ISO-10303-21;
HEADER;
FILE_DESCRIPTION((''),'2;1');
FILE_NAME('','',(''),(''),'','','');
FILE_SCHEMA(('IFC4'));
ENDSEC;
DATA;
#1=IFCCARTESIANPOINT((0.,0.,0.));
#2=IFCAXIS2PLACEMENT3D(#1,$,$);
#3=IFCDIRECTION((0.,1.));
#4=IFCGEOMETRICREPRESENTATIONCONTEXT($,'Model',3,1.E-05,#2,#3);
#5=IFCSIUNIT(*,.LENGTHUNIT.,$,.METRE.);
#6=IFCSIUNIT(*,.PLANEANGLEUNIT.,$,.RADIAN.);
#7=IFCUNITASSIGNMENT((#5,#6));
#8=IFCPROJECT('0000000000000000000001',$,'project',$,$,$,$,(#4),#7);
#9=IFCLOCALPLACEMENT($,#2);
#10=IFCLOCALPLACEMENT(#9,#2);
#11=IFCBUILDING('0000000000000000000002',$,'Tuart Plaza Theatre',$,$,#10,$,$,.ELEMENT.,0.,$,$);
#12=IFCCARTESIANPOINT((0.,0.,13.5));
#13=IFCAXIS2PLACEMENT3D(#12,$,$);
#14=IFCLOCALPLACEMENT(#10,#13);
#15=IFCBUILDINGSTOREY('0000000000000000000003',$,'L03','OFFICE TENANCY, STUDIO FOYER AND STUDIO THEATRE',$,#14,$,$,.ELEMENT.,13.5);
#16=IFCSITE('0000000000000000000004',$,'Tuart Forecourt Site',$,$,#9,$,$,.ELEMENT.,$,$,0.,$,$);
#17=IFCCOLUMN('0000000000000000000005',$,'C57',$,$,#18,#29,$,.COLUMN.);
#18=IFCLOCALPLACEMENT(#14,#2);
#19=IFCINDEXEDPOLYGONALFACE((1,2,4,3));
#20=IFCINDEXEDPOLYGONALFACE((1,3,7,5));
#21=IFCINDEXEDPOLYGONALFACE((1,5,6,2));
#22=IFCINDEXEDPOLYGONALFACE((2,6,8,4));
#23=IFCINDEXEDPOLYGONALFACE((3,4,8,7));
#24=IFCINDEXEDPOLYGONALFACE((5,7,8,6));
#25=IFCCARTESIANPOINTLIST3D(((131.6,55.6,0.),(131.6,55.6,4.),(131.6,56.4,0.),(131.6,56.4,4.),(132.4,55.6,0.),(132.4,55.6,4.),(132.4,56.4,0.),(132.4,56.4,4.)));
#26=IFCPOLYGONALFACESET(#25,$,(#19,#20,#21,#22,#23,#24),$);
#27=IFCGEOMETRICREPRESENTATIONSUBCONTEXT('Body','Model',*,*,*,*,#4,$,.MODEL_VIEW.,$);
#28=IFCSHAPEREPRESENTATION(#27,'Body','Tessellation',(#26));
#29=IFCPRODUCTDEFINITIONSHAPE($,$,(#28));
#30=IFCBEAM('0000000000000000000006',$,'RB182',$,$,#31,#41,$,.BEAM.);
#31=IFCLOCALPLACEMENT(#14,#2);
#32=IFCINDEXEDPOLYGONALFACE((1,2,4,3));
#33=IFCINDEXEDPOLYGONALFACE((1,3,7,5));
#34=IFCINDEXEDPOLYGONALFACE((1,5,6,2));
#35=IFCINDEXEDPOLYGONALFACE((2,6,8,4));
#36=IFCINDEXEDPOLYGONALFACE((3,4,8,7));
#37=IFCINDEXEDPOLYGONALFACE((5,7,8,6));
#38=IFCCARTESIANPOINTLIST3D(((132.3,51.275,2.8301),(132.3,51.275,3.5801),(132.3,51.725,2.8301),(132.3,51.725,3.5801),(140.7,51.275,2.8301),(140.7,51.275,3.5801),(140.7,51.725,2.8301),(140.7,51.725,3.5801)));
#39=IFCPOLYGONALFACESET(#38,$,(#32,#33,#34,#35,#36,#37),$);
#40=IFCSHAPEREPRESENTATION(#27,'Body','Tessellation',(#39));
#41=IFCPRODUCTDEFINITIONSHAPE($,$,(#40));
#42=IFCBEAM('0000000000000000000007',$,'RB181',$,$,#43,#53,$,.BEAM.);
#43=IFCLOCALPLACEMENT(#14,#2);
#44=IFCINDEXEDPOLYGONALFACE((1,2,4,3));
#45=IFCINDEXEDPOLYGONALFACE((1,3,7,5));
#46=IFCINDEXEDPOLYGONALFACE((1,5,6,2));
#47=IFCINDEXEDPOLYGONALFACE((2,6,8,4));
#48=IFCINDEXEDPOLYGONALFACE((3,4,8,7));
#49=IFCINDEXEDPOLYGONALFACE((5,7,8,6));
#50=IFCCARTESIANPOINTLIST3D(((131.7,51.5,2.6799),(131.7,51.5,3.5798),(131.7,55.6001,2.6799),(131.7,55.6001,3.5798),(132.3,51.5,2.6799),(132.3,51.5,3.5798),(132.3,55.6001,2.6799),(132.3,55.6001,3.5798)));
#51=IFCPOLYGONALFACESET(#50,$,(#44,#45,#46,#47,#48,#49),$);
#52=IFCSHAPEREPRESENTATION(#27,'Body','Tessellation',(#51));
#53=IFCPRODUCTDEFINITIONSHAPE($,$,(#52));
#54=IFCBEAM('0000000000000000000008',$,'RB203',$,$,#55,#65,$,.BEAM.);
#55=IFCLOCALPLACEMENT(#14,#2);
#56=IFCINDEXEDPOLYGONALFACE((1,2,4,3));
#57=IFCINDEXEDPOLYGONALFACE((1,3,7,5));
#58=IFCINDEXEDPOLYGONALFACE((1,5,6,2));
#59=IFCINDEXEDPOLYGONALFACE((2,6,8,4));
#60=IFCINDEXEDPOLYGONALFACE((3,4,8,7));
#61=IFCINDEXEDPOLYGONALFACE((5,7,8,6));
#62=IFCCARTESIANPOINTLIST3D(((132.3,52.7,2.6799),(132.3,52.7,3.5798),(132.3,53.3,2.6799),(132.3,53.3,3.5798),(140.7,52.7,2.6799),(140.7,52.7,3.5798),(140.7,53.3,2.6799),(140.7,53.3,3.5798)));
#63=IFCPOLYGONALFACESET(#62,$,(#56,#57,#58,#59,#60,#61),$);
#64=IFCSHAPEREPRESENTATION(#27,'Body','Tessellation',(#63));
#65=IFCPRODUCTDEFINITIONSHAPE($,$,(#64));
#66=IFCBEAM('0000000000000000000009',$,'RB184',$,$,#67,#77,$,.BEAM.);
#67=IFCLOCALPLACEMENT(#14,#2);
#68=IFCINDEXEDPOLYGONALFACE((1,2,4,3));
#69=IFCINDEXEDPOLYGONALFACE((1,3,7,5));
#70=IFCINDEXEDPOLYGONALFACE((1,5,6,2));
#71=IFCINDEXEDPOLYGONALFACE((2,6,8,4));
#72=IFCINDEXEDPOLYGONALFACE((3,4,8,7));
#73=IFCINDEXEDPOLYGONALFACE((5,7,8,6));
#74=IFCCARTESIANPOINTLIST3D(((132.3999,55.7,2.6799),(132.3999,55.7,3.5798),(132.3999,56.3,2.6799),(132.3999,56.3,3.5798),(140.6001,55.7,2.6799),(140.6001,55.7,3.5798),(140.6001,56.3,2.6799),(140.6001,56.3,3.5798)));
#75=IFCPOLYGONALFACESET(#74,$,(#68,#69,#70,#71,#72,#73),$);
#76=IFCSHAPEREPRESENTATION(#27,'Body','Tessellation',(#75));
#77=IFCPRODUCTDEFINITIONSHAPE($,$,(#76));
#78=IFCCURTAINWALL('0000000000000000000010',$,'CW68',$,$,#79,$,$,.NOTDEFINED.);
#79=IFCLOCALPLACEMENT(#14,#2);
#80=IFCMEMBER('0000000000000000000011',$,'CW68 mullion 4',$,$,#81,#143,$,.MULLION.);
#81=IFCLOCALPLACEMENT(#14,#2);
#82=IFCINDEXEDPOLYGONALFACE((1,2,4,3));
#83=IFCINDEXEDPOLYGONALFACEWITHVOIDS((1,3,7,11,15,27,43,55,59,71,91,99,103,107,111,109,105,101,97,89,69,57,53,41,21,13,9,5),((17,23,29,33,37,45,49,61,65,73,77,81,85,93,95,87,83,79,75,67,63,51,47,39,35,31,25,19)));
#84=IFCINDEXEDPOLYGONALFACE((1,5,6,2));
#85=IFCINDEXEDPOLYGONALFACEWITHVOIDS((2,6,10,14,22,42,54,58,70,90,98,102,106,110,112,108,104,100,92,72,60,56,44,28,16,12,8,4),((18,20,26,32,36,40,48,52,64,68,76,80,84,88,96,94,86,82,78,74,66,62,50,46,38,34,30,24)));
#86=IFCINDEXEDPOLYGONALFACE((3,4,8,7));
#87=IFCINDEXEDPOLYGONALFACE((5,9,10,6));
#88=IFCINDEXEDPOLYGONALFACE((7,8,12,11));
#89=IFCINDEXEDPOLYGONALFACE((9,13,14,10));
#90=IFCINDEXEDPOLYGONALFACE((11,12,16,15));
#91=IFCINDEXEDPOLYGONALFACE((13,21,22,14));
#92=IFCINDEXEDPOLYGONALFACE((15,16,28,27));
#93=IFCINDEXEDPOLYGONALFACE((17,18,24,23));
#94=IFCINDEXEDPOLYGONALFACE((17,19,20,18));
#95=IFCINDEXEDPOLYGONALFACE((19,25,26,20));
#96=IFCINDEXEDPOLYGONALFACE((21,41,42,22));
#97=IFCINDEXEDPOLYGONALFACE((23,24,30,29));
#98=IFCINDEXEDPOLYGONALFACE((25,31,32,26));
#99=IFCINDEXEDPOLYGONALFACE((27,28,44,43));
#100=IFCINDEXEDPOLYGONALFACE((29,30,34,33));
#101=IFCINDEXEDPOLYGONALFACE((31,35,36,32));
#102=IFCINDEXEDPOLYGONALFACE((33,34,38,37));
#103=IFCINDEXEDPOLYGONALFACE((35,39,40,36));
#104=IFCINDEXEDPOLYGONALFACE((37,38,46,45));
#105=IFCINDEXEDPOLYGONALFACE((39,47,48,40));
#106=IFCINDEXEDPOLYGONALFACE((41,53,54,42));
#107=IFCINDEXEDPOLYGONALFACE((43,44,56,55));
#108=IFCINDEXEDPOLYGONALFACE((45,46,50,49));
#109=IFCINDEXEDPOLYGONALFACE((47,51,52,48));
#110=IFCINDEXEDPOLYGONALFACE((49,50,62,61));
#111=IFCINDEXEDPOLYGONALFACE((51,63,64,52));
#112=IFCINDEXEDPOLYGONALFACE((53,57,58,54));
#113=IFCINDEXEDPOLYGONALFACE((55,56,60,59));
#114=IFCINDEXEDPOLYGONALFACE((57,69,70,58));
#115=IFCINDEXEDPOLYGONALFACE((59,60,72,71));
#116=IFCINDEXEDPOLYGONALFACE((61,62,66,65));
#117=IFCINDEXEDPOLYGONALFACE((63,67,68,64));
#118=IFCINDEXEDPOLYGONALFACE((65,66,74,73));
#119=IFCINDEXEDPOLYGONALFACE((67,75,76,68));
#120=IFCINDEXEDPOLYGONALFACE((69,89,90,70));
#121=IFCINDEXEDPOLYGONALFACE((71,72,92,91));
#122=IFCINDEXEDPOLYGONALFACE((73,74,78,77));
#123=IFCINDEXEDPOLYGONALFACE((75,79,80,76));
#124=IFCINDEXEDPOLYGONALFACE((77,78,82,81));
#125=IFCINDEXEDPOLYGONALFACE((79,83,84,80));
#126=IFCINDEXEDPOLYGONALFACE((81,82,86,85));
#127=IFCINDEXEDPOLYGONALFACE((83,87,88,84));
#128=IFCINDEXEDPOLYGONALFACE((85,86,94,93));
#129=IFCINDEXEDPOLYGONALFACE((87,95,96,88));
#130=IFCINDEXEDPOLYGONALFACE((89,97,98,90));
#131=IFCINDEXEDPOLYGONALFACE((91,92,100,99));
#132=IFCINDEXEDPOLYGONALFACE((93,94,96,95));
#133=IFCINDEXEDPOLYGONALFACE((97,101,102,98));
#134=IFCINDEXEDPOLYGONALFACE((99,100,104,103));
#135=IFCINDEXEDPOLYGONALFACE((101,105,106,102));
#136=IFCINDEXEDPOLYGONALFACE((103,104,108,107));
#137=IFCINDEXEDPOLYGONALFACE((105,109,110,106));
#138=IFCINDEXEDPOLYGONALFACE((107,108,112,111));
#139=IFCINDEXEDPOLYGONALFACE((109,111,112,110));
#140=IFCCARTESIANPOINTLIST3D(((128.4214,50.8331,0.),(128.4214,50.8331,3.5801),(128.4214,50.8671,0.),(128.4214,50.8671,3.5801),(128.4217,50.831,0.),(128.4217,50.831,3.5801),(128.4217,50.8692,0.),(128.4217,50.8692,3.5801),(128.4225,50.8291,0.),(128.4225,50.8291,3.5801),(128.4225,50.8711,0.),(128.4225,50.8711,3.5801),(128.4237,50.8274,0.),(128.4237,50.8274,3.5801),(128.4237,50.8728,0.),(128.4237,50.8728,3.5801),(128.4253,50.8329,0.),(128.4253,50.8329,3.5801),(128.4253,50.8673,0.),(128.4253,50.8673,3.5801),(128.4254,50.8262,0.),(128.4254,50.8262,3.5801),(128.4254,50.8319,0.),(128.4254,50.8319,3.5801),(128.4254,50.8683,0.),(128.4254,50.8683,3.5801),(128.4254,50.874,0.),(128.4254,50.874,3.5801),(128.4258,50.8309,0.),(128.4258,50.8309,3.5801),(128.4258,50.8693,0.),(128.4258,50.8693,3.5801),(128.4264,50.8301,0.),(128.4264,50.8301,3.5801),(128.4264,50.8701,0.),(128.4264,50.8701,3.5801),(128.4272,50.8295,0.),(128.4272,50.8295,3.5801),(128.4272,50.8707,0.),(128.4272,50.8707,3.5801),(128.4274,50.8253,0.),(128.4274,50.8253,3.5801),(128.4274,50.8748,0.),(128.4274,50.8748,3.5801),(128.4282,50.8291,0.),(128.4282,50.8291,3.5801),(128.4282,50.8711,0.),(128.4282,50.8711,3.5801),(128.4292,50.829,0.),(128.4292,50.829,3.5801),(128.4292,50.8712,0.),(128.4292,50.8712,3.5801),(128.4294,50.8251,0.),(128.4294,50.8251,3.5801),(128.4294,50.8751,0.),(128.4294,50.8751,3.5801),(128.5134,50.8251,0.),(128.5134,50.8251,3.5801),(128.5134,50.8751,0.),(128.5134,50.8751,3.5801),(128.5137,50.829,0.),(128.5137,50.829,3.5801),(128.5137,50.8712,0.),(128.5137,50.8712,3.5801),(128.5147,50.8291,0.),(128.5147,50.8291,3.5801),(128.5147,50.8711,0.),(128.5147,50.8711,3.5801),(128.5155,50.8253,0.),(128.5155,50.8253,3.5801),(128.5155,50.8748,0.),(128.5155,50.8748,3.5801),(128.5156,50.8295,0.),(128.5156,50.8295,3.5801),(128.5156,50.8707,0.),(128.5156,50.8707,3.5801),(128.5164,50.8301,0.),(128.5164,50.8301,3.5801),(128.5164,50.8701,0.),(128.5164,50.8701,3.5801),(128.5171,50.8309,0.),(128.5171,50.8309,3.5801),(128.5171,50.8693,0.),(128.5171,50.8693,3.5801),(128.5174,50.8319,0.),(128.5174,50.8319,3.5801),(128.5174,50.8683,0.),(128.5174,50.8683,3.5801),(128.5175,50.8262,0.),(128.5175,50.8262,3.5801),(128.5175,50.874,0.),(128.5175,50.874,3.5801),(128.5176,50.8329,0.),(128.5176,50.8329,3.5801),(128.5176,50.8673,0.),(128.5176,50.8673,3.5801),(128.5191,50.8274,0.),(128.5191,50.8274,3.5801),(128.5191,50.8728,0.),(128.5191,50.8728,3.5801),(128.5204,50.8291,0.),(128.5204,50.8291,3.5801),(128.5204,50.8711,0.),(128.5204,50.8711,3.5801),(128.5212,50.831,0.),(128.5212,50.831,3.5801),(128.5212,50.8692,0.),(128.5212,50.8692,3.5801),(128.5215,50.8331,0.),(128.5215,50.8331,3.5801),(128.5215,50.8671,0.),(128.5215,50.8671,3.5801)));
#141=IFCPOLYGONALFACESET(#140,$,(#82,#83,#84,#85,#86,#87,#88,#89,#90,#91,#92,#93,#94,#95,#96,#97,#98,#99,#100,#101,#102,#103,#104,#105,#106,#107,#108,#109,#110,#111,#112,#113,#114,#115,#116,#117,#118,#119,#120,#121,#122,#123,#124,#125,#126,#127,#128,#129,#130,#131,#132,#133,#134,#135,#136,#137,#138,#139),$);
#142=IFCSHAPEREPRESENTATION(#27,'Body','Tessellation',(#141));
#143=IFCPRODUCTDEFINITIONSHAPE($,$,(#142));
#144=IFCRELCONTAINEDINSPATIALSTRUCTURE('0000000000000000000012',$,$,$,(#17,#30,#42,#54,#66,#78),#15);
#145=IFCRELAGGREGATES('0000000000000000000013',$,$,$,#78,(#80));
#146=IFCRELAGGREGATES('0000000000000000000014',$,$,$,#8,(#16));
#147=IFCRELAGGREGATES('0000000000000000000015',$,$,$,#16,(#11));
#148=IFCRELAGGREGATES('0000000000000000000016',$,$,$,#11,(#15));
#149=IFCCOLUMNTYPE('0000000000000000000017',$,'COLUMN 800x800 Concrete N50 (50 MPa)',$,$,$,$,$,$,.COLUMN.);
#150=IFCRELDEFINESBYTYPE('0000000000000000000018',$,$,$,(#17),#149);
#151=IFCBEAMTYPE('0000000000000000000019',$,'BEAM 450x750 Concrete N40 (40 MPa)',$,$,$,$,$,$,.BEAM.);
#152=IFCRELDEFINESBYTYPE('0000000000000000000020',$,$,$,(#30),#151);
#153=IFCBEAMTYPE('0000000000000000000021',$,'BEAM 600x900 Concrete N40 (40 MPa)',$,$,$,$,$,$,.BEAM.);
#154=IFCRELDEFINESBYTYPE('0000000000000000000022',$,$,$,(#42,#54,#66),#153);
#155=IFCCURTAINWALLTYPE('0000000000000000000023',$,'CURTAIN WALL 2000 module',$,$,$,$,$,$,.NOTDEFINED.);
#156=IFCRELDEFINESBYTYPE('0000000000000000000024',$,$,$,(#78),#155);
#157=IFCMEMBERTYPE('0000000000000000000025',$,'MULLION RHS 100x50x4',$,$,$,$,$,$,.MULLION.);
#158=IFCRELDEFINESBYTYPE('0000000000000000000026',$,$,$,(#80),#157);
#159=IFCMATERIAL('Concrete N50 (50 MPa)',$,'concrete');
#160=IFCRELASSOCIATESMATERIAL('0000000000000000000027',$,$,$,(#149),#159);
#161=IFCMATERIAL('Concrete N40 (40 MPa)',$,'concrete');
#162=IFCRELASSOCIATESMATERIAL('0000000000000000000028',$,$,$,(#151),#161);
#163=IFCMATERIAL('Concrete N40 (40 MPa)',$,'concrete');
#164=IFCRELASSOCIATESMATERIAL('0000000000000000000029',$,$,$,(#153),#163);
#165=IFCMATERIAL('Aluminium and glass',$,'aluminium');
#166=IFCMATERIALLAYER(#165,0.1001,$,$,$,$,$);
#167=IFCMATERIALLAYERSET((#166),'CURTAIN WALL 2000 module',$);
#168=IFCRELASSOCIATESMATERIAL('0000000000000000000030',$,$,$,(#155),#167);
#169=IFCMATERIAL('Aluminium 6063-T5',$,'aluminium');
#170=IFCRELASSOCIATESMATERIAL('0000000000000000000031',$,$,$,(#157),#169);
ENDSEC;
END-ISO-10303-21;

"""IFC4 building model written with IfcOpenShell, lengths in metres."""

from ifc_helpers import new_model, si_unit, direction, frame, origin, origin_2d, place, context, subcontext, project, spatial, rectangle, hollow_rectangle, extrude, material, layer, layer_set, material_profile, profile_set, type_object, element, aggregate, save


model = new_model("IFC4")

# Units and contexts
model_context = context("Model", 3, precision=1e-05, world=origin(), true_north=direction((0.0, 1.0)))
body_context = subcontext(model_context, "Body", "Model", "MODEL_VIEW")
ifc_project = project(units=[si_unit("LENGTHUNIT", "METRE"), si_unit("PLANEANGLEUNIT", "RADIAN")], contexts=[model_context])

# Site, building, storey
site_placement = place(None, origin())
site = spatial("IfcSite", under=ifc_project, at=site_placement, Name="Tuart Forecourt Site", CompositionType="ELEMENT", RefElevation=0.0)
building_placement = place(site_placement, origin())
building = spatial("IfcBuilding", under=site, at=building_placement, Name="Tuart Plaza Theatre", CompositionType="ELEMENT", ElevationOfRefHeight=0.0)
storey_placement = place(building_placement, frame((0.0, 0.0, 13.5)))
storey = spatial("IfcBuildingStorey", under=building, at=storey_placement, Name="L03", Description="OFFICE TENANCY, STUDIO FOYER AND STUDIO THEATRE", CompositionType="ELEMENT", Elevation=13.5)

# Column
ifc_material_1 = material(Name="Concrete N50 (50 MPa)", Category="concrete")
ifc_material_profile_1 = material_profile(ifc_material_1, rectangle(XDim=0.8, YDim=0.8, at=origin_2d()), Name="COLUMN 800x800 Concrete N50 (50 MPa)")
ifc_profile_set_1 = profile_set([ifc_material_profile_1], Name="Concrete N50 (50 MPa)")
column_type = type_object("IfcColumnType", Name="COLUMN 800x800 Concrete N50 (50 MPa)", PredefinedType="COLUMN", material=ifc_profile_set_1)
column_placement = place(storey_placement, frame((132.0, 56.0, 0.0), z_axis=(0.0, 0.0, 1.0), x_axis=(1.0, 0.0, 0.0)))
element("IfcColumn", 1, at=column_placement, inside=storey, type_object=column_type, Name="C57", PredefinedType="COLUMN", context=body_context, shape_type="SweptSolid", body=[
    extrude(rectangle(XDim=0.8, YDim=0.8, at=origin_2d()), origin(), (0.0, 0.0, 1.0), 4.0),
])

# Beams
ifc_material_2 = material(Name="Concrete N40 (40 MPa)", Category="concrete")
ifc_material_profile_2 = material_profile(ifc_material_2, rectangle(XDim=0.45, YDim=0.75, at=origin_2d()), Name="BEAM 450x750 Concrete N40 (40 MPa)")
ifc_profile_set_2 = profile_set([ifc_material_profile_2], Name="Concrete N40 (40 MPa)")
beam_type_1 = type_object("IfcBeamType", Name="BEAM 450x750 Concrete N40 (40 MPa)", PredefinedType="BEAM", material=ifc_profile_set_2)
beam_1_placement = place(storey_placement, frame((132.3, 51.5, 3.2051), z_axis=(1.0, 0.0, 0.0), x_axis=(0.0, 1.0, 0.0)))
element("IfcBeam", 2, at=beam_1_placement, inside=storey, type_object=beam_type_1, Name="RB182", PredefinedType="BEAM", context=body_context, shape_type="SweptSolid", body=[
    extrude(rectangle(XDim=0.45, YDim=0.75, at=origin_2d()), origin(), (0.0, 0.0, 1.0), 8.3999),
])
ifc_material_3 = material(Name="Concrete N40 (40 MPa)", Category="concrete")
ifc_material_profile_3 = material_profile(ifc_material_3, rectangle(XDim=0.6001, YDim=0.8999, at=origin_2d()), Name="BEAM 600x900 Concrete N40 (40 MPa)")
ifc_profile_set_3 = profile_set([ifc_material_profile_3], Name="Concrete N40 (40 MPa)")
beam_type_2 = type_object("IfcBeamType", Name="BEAM 600x900 Concrete N40 (40 MPa)", PredefinedType="BEAM", material=ifc_profile_set_3)
beam_2_placement = place(storey_placement, frame((132.0, 51.5, 3.1299), z_axis=(0.0, 1.0, 0.0), x_axis=(-1.0, 0.0, 0.0)))
element("IfcBeam", 3, at=beam_2_placement, inside=storey, type_object=beam_type_2, Name="RB181", PredefinedType="BEAM", context=body_context, shape_type="SweptSolid", body=[
    extrude(rectangle(XDim=0.6001, YDim=0.8999, at=origin_2d()), origin(), (0.0, 0.0, 1.0), 4.1001),
])
beam_3_placement = place(storey_placement, frame((132.3, 53.0, 3.1299), z_axis=(1.0, 0.0, 0.0), x_axis=(0.0, 1.0, 0.0)))
element("IfcBeam", 4, at=beam_3_placement, inside=storey, type_object=beam_type_2, Name="RB203", PredefinedType="BEAM", context=body_context, shape_type="SweptSolid", body=[
    extrude(rectangle(XDim=0.6001, YDim=0.8999, at=origin_2d()), origin(), (0.0, 0.0, 1.0), 8.3999),
])
beam_4_placement = place(storey_placement, frame((132.3999, 56.0, 3.1299), z_axis=(1.0, 0.0, 0.0), x_axis=(0.0, 1.0, 0.0)))
element("IfcBeam", 5, at=beam_4_placement, inside=storey, type_object=beam_type_2, Name="RB184", PredefinedType="BEAM", context=body_context, shape_type="SweptSolid", body=[
    extrude(rectangle(XDim=0.6001, YDim=0.8999, at=origin_2d()), origin(), (0.0, 0.0, 1.0), 8.2002),
])

# Curtain wall, member
ifc_material_4 = material(Name="Aluminium and glass", Category="aluminium")
ifc_layer_1 = layer(ifc_material_4, 0.1001)
ifc_layer_set_1 = layer_set([ifc_layer_1], Name="CURTAIN WALL 2000 module")
curtain_wall_type = type_object("IfcCurtainWallType", Name="CURTAIN WALL 2000 module", PredefinedType="NOTDEFINED", material=ifc_layer_set_1)
curtain_wall_placement = place(storey_placement, origin())
curtain_wall = element("IfcCurtainWall", 6, at=curtain_wall_placement, inside=storey, type_object=curtain_wall_type, Name="CW68", PredefinedType="NOTDEFINED")
ifc_material_5 = material(Name="Aluminium 6063-T5", Category="aluminium")
ifc_material_profile_4 = material_profile(ifc_material_5, hollow_rectangle(XDim=0.05, YDim=0.1001, WallThickness=0.0039, InnerFilletRadius=0.0039, OuterFilletRadius=0.0081, at=origin_2d()), Name="RHS 100x50x4")
ifc_profile_set_4 = profile_set([ifc_material_profile_4], Name="Aluminium 6063-T5")
member_type_1 = type_object("IfcMemberType", Name="MULLION RHS 100x50x4", PredefinedType="MULLION", material=ifc_profile_set_4)
member_1_placement = place(storey_placement, frame((128.4714, 50.8501, 0.0), z_axis=(0.0, 0.0, 1.0), x_axis=(0.0, 1.0, 0.0)))
member_1 = element("IfcMember", 7, at=member_1_placement, type_object=member_type_1, Name="CW68 mullion 4", PredefinedType="MULLION", context=body_context, shape_type="SweptSolid", body=[
    extrude(hollow_rectangle(XDim=0.05, YDim=0.1001, WallThickness=0.0039, InnerFilletRadius=0.0039, OuterFilletRadius=0.0081, at=origin_2d()), origin(), (0.0, 0.0, 1.0), 3.5801),
])
aggregate(curtain_wall, [member_1])

save(model, "model.ifc")
